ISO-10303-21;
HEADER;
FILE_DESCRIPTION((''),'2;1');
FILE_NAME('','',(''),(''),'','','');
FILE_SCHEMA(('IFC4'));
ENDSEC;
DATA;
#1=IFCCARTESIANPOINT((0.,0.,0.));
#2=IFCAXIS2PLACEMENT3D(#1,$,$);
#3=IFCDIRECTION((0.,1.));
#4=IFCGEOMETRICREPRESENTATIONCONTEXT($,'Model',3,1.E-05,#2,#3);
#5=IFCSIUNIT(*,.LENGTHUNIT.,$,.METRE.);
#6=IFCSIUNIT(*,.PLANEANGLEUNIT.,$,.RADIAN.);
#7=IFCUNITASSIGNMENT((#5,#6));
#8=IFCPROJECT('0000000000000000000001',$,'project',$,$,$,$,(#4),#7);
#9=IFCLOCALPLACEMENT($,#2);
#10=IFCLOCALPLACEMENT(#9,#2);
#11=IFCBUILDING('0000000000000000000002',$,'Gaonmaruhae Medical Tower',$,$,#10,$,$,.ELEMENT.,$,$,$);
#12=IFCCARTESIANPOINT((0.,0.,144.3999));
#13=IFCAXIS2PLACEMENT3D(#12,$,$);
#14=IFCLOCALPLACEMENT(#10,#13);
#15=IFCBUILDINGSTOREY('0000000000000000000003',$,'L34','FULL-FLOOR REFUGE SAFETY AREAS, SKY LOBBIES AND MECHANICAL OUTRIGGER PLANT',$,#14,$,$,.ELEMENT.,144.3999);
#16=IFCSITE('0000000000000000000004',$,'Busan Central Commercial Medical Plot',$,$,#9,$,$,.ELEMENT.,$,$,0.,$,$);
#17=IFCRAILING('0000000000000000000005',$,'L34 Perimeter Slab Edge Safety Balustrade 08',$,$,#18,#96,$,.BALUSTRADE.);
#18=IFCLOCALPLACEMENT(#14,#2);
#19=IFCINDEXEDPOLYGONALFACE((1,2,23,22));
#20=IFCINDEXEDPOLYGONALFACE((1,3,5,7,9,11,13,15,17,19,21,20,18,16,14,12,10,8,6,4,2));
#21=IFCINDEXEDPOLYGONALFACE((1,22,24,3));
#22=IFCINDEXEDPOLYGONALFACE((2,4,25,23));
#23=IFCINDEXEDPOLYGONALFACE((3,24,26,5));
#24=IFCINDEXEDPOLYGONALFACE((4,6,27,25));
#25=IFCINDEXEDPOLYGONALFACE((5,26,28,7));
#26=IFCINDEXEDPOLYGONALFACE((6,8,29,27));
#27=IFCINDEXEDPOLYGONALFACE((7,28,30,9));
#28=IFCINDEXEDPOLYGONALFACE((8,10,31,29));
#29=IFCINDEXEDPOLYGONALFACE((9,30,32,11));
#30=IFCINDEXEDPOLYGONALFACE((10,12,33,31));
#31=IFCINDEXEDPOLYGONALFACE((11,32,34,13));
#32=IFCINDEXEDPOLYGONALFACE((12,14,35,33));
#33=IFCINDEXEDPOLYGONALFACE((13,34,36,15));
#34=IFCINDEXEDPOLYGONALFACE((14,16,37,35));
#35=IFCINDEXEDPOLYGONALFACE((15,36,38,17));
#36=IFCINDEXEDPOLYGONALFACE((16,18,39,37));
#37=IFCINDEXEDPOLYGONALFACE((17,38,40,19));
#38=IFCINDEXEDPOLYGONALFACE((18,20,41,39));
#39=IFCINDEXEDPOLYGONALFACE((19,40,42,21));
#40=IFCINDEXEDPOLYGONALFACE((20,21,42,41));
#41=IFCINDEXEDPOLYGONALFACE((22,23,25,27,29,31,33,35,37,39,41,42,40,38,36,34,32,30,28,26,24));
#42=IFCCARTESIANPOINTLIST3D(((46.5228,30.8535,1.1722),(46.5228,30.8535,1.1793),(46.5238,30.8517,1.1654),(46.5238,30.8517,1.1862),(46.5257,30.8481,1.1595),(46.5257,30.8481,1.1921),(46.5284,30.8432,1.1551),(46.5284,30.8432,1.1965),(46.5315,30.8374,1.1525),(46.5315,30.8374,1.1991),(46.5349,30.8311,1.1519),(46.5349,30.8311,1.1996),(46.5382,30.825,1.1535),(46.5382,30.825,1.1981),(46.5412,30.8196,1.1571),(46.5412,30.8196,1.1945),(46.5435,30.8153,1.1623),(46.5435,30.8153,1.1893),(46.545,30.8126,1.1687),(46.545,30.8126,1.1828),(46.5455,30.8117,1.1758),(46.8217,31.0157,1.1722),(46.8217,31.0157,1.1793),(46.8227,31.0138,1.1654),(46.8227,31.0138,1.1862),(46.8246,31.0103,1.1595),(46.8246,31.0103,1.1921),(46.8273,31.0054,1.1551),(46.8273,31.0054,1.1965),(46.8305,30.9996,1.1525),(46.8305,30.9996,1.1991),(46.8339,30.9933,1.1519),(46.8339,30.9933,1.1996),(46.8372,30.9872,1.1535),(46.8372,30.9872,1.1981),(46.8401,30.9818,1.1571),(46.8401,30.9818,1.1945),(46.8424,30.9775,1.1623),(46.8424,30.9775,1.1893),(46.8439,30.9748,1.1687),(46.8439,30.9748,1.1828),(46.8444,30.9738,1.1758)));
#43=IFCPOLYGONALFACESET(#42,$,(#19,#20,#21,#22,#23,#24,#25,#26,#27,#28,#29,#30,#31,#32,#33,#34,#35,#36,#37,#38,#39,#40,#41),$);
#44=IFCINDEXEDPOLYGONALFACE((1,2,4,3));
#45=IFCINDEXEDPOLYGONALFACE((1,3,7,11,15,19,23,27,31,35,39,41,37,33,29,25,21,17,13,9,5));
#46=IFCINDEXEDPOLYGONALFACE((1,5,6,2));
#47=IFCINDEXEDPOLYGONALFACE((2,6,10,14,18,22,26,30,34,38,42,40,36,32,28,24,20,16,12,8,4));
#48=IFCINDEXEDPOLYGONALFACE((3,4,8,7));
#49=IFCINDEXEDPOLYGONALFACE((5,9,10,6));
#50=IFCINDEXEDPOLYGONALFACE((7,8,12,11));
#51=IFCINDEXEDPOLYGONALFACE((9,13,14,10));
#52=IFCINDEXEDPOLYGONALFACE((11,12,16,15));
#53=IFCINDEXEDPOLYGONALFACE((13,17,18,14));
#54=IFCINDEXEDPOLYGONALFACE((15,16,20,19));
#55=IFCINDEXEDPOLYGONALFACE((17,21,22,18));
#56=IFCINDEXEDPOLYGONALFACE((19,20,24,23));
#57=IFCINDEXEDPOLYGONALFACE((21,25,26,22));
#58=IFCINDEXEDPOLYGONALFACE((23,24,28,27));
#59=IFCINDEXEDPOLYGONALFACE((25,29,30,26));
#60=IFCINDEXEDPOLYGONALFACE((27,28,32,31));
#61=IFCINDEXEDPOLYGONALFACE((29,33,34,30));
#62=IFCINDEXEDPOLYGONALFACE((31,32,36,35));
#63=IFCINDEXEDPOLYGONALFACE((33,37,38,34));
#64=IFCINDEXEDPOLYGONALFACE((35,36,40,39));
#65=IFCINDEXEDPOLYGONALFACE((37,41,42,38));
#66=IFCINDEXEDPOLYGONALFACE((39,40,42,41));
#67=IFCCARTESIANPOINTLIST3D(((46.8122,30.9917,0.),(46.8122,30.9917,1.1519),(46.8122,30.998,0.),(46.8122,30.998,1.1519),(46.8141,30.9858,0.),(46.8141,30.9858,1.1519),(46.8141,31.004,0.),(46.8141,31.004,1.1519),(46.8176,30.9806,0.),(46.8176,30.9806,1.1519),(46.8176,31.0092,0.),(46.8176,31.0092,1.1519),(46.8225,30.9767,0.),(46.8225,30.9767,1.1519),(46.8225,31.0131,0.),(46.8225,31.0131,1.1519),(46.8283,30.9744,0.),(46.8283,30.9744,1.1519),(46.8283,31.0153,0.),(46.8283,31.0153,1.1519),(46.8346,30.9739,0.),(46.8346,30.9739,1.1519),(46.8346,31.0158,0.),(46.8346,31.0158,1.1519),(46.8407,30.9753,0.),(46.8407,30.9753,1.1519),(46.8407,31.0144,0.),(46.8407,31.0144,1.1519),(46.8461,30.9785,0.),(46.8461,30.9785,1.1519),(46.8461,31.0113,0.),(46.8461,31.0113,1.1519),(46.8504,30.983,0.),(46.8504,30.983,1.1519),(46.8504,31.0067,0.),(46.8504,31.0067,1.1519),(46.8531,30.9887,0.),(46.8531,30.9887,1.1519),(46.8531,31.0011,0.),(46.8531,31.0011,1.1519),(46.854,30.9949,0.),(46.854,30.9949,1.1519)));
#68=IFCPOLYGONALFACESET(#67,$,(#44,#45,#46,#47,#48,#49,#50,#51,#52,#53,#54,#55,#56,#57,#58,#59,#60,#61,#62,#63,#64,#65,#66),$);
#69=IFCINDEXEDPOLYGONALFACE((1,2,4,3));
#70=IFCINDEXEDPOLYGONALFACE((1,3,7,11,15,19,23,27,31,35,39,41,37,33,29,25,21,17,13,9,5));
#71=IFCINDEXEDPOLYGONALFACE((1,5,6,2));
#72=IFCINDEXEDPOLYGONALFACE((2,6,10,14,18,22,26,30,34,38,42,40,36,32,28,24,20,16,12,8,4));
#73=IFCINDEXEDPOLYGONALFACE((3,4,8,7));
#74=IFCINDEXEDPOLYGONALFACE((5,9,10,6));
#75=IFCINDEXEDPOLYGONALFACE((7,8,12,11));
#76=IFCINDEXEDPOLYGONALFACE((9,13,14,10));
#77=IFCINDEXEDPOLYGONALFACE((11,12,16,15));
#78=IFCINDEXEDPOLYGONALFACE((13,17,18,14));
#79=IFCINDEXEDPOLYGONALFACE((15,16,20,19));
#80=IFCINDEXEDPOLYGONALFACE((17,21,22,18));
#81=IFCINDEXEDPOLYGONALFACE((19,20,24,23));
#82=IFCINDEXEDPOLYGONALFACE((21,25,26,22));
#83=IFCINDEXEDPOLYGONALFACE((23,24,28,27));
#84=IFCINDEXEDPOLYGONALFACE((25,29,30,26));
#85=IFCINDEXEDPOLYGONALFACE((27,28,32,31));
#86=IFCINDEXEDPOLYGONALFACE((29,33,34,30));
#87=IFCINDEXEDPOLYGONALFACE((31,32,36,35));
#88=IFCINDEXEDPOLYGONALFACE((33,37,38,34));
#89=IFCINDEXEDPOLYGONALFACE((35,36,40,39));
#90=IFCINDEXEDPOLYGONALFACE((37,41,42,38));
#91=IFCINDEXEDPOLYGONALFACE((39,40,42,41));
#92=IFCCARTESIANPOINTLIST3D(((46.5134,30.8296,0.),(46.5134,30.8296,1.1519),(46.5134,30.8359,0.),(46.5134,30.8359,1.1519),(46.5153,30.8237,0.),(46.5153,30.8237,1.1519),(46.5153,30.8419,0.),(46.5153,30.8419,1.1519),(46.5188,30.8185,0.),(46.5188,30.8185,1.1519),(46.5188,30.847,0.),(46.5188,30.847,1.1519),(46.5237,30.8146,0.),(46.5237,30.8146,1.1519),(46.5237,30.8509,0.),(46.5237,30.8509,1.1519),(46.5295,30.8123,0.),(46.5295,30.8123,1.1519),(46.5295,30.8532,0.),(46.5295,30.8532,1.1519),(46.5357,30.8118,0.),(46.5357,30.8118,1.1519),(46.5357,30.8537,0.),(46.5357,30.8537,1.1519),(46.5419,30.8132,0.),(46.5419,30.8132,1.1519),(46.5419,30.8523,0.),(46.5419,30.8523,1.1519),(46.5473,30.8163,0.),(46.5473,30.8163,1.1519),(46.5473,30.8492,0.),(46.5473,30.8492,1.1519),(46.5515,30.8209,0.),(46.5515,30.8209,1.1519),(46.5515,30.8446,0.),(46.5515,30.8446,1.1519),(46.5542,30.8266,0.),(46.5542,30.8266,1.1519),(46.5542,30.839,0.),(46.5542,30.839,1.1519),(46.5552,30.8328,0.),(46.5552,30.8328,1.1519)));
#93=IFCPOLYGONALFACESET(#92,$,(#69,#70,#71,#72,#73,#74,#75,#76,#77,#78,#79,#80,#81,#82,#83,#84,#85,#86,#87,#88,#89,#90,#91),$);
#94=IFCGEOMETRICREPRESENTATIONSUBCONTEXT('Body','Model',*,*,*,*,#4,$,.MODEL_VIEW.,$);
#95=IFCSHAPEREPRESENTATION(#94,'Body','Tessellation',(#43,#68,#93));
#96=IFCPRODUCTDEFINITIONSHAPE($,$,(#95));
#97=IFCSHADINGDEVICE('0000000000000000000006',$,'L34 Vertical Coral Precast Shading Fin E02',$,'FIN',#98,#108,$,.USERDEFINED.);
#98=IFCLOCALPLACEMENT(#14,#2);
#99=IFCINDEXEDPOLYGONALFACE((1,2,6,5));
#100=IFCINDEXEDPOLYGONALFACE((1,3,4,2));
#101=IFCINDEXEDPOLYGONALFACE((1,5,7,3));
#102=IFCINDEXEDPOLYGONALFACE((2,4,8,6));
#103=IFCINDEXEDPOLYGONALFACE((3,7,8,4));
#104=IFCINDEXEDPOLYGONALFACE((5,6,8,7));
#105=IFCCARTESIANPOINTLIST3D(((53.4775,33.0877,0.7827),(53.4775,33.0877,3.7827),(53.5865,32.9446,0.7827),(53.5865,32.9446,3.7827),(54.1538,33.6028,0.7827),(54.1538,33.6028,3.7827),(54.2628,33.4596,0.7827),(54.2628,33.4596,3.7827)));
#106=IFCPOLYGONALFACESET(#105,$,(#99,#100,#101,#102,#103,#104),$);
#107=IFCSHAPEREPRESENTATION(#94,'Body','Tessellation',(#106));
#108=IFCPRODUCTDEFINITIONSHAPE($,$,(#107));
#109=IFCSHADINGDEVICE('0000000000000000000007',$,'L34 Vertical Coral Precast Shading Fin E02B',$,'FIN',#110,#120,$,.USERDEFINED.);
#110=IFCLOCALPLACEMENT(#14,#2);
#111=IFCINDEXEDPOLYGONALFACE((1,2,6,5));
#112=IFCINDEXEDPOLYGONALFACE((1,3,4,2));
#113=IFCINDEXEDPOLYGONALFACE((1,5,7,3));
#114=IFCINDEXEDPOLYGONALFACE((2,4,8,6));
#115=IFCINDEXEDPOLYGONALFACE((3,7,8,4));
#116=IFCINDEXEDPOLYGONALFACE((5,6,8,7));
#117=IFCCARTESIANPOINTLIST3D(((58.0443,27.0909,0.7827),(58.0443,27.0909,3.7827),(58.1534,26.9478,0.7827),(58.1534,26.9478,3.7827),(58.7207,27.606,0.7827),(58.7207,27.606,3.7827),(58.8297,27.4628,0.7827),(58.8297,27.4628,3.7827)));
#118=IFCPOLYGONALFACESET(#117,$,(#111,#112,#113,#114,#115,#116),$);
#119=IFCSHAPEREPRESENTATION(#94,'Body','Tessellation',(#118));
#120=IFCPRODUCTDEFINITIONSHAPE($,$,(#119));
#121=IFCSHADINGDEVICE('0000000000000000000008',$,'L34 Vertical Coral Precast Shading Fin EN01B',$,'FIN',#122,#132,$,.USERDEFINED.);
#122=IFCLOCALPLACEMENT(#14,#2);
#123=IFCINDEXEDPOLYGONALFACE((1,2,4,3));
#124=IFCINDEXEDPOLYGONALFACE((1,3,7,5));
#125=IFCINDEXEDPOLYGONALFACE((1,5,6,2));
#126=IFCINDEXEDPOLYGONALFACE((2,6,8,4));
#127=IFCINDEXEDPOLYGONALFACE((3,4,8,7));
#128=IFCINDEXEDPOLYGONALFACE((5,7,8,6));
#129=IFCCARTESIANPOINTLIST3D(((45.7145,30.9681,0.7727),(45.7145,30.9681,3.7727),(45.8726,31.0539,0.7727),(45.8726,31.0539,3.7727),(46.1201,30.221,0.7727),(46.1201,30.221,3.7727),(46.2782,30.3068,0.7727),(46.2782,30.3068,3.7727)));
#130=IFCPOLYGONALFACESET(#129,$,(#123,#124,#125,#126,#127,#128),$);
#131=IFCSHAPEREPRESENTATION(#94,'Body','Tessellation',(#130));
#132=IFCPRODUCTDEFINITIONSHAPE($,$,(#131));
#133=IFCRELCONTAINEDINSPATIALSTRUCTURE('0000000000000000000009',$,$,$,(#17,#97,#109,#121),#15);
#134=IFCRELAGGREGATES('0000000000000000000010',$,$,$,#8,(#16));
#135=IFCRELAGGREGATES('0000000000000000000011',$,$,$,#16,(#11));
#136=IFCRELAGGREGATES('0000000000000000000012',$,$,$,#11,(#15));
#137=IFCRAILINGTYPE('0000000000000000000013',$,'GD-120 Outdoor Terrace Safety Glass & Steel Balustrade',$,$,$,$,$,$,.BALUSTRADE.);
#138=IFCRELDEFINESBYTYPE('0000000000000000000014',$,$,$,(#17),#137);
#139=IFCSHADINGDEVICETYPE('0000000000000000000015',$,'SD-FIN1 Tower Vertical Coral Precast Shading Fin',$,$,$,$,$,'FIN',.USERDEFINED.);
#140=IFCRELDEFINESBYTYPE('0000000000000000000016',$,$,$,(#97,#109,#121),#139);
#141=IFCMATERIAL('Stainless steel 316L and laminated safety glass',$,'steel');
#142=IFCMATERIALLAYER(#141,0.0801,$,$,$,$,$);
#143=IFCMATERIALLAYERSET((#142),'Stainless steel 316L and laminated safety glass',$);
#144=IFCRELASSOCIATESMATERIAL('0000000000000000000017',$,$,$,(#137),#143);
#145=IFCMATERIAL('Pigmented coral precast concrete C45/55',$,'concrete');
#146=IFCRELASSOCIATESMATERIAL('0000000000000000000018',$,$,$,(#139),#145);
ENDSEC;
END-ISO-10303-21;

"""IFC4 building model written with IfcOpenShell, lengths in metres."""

from ifc_helpers import new_model, si_unit, direction, frame, origin, origin_2d, place, context, subcontext, project, spatial, rectangle, circle, extrude, material, layer, layer_set, type_object, element, save


model = new_model("IFC4")

# Units and contexts
model_context = context("Model", 3, precision=1e-05, world=origin(), true_north=direction((0.0, 1.0)))
body_context = subcontext(model_context, "Body", "Model", "MODEL_VIEW")
ifc_project = project(units=[si_unit("LENGTHUNIT", "METRE"), si_unit("PLANEANGLEUNIT", "RADIAN")], contexts=[model_context])

# Site, building, storey
site_placement = place(None, origin())
site = spatial("IfcSite", under=ifc_project, at=site_placement, Name="Busan Central Commercial Medical Plot", CompositionType="ELEMENT", RefElevation=0.0)
building_placement = place(site_placement, origin())
building = spatial("IfcBuilding", under=site, at=building_placement, Name="Gaonmaruhae Medical Tower", CompositionType="ELEMENT")
storey_placement = place(building_placement, frame((0.0, 0.0, 144.3999)))
storey = spatial("IfcBuildingStorey", under=building, at=storey_placement, Name="L34", Description="FULL-FLOOR REFUGE SAFETY AREAS, SKY LOBBIES AND MECHANICAL OUTRIGGER PLANT", CompositionType="ELEMENT", Elevation=144.3999)

# Railing
ifc_material_1 = material(Name="Stainless steel 316L and laminated safety glass", Category="steel")
ifc_layer_1 = layer(ifc_material_1, 0.0801)
ifc_layer_set_1 = layer_set([ifc_layer_1], Name="Stainless steel 316L and laminated safety glass")
railing_type = type_object("IfcRailingType", Name="GD-120 Outdoor Terrace Safety Glass & Steel Balustrade", PredefinedType="BALUSTRADE", material=ifc_layer_set_1)
railing_1_placement = place(storey_placement, frame((46.833, 30.9949, 0.0)))
element("IfcRailing", 1, at=railing_1_placement, inside=storey, type_object=railing_type, Name="L34 Perimeter Slab Edge Safety Balustrade 08", PredefinedType="BALUSTRADE", context=body_context, shape_type="SweptSolid", body=[
    extrude(circle(Radius=0.0239, at=origin_2d()), frame((0.0, 0.0, 1.1758), z_axis=(-0.878991, -0.476838, 0.0), x_axis=(0.476838, -0.878991, 0.0)), (0.0, 0.0, 1.0), 0.3401),
    extrude(circle(Radius=0.021, at=origin_2d()), origin(), (0.0, 0.0, 1.0), 1.1519),
    extrude(circle(Radius=0.021, at=origin_2d()), frame((-0.2988, -0.1621, 0.0)), (0.0, 0.0, 1.0), 1.1519),
])

# Shading devices
ifc_material_2 = material(Name="Pigmented coral precast concrete C45/55", Category="concrete")
shading_device_type = type_object("IfcShadingDeviceType", Name="SD-FIN1 Tower Vertical Coral Precast Shading Fin", ElementType="FIN", PredefinedType="USERDEFINED", material=ifc_material_2)
for number, where, z_axis, x_axis, name in (
    (2, (53.8701, 33.2737, 0.7827), (0.0, 0.0, 1.0), (0.605863, -0.795569, 0.0), "L34 Vertical Coral Precast Shading Fin E02"),
    (3, (58.437, 27.2769, 0.7827), (0.0, 0.0, 1.0), (0.605863, -0.795569, 0.0), "L34 Vertical Coral Precast Shading Fin E02B"),
    (4, (45.9963, 30.6375, 0.7727), (0.0, 0.0, 1.0), (0.878817, 0.477159, 0.0), "L34 Vertical Coral Precast Shading Fin EN01B"),
):
    element("IfcShadingDevice", number, at=place(storey_placement, frame(where, z_axis=z_axis, x_axis=x_axis)), inside=storey, type_object=shading_device_type, Name=name, ObjectType="FIN", PredefinedType="USERDEFINED", context=body_context, shape_type="SweptSolid", body=[
        extrude(rectangle(XDim=0.1799, YDim=0.8501, at=origin_2d()), origin(), (0.0, 0.0, 1.0), 3.0),
    ])

save(model, "model.ifc")
